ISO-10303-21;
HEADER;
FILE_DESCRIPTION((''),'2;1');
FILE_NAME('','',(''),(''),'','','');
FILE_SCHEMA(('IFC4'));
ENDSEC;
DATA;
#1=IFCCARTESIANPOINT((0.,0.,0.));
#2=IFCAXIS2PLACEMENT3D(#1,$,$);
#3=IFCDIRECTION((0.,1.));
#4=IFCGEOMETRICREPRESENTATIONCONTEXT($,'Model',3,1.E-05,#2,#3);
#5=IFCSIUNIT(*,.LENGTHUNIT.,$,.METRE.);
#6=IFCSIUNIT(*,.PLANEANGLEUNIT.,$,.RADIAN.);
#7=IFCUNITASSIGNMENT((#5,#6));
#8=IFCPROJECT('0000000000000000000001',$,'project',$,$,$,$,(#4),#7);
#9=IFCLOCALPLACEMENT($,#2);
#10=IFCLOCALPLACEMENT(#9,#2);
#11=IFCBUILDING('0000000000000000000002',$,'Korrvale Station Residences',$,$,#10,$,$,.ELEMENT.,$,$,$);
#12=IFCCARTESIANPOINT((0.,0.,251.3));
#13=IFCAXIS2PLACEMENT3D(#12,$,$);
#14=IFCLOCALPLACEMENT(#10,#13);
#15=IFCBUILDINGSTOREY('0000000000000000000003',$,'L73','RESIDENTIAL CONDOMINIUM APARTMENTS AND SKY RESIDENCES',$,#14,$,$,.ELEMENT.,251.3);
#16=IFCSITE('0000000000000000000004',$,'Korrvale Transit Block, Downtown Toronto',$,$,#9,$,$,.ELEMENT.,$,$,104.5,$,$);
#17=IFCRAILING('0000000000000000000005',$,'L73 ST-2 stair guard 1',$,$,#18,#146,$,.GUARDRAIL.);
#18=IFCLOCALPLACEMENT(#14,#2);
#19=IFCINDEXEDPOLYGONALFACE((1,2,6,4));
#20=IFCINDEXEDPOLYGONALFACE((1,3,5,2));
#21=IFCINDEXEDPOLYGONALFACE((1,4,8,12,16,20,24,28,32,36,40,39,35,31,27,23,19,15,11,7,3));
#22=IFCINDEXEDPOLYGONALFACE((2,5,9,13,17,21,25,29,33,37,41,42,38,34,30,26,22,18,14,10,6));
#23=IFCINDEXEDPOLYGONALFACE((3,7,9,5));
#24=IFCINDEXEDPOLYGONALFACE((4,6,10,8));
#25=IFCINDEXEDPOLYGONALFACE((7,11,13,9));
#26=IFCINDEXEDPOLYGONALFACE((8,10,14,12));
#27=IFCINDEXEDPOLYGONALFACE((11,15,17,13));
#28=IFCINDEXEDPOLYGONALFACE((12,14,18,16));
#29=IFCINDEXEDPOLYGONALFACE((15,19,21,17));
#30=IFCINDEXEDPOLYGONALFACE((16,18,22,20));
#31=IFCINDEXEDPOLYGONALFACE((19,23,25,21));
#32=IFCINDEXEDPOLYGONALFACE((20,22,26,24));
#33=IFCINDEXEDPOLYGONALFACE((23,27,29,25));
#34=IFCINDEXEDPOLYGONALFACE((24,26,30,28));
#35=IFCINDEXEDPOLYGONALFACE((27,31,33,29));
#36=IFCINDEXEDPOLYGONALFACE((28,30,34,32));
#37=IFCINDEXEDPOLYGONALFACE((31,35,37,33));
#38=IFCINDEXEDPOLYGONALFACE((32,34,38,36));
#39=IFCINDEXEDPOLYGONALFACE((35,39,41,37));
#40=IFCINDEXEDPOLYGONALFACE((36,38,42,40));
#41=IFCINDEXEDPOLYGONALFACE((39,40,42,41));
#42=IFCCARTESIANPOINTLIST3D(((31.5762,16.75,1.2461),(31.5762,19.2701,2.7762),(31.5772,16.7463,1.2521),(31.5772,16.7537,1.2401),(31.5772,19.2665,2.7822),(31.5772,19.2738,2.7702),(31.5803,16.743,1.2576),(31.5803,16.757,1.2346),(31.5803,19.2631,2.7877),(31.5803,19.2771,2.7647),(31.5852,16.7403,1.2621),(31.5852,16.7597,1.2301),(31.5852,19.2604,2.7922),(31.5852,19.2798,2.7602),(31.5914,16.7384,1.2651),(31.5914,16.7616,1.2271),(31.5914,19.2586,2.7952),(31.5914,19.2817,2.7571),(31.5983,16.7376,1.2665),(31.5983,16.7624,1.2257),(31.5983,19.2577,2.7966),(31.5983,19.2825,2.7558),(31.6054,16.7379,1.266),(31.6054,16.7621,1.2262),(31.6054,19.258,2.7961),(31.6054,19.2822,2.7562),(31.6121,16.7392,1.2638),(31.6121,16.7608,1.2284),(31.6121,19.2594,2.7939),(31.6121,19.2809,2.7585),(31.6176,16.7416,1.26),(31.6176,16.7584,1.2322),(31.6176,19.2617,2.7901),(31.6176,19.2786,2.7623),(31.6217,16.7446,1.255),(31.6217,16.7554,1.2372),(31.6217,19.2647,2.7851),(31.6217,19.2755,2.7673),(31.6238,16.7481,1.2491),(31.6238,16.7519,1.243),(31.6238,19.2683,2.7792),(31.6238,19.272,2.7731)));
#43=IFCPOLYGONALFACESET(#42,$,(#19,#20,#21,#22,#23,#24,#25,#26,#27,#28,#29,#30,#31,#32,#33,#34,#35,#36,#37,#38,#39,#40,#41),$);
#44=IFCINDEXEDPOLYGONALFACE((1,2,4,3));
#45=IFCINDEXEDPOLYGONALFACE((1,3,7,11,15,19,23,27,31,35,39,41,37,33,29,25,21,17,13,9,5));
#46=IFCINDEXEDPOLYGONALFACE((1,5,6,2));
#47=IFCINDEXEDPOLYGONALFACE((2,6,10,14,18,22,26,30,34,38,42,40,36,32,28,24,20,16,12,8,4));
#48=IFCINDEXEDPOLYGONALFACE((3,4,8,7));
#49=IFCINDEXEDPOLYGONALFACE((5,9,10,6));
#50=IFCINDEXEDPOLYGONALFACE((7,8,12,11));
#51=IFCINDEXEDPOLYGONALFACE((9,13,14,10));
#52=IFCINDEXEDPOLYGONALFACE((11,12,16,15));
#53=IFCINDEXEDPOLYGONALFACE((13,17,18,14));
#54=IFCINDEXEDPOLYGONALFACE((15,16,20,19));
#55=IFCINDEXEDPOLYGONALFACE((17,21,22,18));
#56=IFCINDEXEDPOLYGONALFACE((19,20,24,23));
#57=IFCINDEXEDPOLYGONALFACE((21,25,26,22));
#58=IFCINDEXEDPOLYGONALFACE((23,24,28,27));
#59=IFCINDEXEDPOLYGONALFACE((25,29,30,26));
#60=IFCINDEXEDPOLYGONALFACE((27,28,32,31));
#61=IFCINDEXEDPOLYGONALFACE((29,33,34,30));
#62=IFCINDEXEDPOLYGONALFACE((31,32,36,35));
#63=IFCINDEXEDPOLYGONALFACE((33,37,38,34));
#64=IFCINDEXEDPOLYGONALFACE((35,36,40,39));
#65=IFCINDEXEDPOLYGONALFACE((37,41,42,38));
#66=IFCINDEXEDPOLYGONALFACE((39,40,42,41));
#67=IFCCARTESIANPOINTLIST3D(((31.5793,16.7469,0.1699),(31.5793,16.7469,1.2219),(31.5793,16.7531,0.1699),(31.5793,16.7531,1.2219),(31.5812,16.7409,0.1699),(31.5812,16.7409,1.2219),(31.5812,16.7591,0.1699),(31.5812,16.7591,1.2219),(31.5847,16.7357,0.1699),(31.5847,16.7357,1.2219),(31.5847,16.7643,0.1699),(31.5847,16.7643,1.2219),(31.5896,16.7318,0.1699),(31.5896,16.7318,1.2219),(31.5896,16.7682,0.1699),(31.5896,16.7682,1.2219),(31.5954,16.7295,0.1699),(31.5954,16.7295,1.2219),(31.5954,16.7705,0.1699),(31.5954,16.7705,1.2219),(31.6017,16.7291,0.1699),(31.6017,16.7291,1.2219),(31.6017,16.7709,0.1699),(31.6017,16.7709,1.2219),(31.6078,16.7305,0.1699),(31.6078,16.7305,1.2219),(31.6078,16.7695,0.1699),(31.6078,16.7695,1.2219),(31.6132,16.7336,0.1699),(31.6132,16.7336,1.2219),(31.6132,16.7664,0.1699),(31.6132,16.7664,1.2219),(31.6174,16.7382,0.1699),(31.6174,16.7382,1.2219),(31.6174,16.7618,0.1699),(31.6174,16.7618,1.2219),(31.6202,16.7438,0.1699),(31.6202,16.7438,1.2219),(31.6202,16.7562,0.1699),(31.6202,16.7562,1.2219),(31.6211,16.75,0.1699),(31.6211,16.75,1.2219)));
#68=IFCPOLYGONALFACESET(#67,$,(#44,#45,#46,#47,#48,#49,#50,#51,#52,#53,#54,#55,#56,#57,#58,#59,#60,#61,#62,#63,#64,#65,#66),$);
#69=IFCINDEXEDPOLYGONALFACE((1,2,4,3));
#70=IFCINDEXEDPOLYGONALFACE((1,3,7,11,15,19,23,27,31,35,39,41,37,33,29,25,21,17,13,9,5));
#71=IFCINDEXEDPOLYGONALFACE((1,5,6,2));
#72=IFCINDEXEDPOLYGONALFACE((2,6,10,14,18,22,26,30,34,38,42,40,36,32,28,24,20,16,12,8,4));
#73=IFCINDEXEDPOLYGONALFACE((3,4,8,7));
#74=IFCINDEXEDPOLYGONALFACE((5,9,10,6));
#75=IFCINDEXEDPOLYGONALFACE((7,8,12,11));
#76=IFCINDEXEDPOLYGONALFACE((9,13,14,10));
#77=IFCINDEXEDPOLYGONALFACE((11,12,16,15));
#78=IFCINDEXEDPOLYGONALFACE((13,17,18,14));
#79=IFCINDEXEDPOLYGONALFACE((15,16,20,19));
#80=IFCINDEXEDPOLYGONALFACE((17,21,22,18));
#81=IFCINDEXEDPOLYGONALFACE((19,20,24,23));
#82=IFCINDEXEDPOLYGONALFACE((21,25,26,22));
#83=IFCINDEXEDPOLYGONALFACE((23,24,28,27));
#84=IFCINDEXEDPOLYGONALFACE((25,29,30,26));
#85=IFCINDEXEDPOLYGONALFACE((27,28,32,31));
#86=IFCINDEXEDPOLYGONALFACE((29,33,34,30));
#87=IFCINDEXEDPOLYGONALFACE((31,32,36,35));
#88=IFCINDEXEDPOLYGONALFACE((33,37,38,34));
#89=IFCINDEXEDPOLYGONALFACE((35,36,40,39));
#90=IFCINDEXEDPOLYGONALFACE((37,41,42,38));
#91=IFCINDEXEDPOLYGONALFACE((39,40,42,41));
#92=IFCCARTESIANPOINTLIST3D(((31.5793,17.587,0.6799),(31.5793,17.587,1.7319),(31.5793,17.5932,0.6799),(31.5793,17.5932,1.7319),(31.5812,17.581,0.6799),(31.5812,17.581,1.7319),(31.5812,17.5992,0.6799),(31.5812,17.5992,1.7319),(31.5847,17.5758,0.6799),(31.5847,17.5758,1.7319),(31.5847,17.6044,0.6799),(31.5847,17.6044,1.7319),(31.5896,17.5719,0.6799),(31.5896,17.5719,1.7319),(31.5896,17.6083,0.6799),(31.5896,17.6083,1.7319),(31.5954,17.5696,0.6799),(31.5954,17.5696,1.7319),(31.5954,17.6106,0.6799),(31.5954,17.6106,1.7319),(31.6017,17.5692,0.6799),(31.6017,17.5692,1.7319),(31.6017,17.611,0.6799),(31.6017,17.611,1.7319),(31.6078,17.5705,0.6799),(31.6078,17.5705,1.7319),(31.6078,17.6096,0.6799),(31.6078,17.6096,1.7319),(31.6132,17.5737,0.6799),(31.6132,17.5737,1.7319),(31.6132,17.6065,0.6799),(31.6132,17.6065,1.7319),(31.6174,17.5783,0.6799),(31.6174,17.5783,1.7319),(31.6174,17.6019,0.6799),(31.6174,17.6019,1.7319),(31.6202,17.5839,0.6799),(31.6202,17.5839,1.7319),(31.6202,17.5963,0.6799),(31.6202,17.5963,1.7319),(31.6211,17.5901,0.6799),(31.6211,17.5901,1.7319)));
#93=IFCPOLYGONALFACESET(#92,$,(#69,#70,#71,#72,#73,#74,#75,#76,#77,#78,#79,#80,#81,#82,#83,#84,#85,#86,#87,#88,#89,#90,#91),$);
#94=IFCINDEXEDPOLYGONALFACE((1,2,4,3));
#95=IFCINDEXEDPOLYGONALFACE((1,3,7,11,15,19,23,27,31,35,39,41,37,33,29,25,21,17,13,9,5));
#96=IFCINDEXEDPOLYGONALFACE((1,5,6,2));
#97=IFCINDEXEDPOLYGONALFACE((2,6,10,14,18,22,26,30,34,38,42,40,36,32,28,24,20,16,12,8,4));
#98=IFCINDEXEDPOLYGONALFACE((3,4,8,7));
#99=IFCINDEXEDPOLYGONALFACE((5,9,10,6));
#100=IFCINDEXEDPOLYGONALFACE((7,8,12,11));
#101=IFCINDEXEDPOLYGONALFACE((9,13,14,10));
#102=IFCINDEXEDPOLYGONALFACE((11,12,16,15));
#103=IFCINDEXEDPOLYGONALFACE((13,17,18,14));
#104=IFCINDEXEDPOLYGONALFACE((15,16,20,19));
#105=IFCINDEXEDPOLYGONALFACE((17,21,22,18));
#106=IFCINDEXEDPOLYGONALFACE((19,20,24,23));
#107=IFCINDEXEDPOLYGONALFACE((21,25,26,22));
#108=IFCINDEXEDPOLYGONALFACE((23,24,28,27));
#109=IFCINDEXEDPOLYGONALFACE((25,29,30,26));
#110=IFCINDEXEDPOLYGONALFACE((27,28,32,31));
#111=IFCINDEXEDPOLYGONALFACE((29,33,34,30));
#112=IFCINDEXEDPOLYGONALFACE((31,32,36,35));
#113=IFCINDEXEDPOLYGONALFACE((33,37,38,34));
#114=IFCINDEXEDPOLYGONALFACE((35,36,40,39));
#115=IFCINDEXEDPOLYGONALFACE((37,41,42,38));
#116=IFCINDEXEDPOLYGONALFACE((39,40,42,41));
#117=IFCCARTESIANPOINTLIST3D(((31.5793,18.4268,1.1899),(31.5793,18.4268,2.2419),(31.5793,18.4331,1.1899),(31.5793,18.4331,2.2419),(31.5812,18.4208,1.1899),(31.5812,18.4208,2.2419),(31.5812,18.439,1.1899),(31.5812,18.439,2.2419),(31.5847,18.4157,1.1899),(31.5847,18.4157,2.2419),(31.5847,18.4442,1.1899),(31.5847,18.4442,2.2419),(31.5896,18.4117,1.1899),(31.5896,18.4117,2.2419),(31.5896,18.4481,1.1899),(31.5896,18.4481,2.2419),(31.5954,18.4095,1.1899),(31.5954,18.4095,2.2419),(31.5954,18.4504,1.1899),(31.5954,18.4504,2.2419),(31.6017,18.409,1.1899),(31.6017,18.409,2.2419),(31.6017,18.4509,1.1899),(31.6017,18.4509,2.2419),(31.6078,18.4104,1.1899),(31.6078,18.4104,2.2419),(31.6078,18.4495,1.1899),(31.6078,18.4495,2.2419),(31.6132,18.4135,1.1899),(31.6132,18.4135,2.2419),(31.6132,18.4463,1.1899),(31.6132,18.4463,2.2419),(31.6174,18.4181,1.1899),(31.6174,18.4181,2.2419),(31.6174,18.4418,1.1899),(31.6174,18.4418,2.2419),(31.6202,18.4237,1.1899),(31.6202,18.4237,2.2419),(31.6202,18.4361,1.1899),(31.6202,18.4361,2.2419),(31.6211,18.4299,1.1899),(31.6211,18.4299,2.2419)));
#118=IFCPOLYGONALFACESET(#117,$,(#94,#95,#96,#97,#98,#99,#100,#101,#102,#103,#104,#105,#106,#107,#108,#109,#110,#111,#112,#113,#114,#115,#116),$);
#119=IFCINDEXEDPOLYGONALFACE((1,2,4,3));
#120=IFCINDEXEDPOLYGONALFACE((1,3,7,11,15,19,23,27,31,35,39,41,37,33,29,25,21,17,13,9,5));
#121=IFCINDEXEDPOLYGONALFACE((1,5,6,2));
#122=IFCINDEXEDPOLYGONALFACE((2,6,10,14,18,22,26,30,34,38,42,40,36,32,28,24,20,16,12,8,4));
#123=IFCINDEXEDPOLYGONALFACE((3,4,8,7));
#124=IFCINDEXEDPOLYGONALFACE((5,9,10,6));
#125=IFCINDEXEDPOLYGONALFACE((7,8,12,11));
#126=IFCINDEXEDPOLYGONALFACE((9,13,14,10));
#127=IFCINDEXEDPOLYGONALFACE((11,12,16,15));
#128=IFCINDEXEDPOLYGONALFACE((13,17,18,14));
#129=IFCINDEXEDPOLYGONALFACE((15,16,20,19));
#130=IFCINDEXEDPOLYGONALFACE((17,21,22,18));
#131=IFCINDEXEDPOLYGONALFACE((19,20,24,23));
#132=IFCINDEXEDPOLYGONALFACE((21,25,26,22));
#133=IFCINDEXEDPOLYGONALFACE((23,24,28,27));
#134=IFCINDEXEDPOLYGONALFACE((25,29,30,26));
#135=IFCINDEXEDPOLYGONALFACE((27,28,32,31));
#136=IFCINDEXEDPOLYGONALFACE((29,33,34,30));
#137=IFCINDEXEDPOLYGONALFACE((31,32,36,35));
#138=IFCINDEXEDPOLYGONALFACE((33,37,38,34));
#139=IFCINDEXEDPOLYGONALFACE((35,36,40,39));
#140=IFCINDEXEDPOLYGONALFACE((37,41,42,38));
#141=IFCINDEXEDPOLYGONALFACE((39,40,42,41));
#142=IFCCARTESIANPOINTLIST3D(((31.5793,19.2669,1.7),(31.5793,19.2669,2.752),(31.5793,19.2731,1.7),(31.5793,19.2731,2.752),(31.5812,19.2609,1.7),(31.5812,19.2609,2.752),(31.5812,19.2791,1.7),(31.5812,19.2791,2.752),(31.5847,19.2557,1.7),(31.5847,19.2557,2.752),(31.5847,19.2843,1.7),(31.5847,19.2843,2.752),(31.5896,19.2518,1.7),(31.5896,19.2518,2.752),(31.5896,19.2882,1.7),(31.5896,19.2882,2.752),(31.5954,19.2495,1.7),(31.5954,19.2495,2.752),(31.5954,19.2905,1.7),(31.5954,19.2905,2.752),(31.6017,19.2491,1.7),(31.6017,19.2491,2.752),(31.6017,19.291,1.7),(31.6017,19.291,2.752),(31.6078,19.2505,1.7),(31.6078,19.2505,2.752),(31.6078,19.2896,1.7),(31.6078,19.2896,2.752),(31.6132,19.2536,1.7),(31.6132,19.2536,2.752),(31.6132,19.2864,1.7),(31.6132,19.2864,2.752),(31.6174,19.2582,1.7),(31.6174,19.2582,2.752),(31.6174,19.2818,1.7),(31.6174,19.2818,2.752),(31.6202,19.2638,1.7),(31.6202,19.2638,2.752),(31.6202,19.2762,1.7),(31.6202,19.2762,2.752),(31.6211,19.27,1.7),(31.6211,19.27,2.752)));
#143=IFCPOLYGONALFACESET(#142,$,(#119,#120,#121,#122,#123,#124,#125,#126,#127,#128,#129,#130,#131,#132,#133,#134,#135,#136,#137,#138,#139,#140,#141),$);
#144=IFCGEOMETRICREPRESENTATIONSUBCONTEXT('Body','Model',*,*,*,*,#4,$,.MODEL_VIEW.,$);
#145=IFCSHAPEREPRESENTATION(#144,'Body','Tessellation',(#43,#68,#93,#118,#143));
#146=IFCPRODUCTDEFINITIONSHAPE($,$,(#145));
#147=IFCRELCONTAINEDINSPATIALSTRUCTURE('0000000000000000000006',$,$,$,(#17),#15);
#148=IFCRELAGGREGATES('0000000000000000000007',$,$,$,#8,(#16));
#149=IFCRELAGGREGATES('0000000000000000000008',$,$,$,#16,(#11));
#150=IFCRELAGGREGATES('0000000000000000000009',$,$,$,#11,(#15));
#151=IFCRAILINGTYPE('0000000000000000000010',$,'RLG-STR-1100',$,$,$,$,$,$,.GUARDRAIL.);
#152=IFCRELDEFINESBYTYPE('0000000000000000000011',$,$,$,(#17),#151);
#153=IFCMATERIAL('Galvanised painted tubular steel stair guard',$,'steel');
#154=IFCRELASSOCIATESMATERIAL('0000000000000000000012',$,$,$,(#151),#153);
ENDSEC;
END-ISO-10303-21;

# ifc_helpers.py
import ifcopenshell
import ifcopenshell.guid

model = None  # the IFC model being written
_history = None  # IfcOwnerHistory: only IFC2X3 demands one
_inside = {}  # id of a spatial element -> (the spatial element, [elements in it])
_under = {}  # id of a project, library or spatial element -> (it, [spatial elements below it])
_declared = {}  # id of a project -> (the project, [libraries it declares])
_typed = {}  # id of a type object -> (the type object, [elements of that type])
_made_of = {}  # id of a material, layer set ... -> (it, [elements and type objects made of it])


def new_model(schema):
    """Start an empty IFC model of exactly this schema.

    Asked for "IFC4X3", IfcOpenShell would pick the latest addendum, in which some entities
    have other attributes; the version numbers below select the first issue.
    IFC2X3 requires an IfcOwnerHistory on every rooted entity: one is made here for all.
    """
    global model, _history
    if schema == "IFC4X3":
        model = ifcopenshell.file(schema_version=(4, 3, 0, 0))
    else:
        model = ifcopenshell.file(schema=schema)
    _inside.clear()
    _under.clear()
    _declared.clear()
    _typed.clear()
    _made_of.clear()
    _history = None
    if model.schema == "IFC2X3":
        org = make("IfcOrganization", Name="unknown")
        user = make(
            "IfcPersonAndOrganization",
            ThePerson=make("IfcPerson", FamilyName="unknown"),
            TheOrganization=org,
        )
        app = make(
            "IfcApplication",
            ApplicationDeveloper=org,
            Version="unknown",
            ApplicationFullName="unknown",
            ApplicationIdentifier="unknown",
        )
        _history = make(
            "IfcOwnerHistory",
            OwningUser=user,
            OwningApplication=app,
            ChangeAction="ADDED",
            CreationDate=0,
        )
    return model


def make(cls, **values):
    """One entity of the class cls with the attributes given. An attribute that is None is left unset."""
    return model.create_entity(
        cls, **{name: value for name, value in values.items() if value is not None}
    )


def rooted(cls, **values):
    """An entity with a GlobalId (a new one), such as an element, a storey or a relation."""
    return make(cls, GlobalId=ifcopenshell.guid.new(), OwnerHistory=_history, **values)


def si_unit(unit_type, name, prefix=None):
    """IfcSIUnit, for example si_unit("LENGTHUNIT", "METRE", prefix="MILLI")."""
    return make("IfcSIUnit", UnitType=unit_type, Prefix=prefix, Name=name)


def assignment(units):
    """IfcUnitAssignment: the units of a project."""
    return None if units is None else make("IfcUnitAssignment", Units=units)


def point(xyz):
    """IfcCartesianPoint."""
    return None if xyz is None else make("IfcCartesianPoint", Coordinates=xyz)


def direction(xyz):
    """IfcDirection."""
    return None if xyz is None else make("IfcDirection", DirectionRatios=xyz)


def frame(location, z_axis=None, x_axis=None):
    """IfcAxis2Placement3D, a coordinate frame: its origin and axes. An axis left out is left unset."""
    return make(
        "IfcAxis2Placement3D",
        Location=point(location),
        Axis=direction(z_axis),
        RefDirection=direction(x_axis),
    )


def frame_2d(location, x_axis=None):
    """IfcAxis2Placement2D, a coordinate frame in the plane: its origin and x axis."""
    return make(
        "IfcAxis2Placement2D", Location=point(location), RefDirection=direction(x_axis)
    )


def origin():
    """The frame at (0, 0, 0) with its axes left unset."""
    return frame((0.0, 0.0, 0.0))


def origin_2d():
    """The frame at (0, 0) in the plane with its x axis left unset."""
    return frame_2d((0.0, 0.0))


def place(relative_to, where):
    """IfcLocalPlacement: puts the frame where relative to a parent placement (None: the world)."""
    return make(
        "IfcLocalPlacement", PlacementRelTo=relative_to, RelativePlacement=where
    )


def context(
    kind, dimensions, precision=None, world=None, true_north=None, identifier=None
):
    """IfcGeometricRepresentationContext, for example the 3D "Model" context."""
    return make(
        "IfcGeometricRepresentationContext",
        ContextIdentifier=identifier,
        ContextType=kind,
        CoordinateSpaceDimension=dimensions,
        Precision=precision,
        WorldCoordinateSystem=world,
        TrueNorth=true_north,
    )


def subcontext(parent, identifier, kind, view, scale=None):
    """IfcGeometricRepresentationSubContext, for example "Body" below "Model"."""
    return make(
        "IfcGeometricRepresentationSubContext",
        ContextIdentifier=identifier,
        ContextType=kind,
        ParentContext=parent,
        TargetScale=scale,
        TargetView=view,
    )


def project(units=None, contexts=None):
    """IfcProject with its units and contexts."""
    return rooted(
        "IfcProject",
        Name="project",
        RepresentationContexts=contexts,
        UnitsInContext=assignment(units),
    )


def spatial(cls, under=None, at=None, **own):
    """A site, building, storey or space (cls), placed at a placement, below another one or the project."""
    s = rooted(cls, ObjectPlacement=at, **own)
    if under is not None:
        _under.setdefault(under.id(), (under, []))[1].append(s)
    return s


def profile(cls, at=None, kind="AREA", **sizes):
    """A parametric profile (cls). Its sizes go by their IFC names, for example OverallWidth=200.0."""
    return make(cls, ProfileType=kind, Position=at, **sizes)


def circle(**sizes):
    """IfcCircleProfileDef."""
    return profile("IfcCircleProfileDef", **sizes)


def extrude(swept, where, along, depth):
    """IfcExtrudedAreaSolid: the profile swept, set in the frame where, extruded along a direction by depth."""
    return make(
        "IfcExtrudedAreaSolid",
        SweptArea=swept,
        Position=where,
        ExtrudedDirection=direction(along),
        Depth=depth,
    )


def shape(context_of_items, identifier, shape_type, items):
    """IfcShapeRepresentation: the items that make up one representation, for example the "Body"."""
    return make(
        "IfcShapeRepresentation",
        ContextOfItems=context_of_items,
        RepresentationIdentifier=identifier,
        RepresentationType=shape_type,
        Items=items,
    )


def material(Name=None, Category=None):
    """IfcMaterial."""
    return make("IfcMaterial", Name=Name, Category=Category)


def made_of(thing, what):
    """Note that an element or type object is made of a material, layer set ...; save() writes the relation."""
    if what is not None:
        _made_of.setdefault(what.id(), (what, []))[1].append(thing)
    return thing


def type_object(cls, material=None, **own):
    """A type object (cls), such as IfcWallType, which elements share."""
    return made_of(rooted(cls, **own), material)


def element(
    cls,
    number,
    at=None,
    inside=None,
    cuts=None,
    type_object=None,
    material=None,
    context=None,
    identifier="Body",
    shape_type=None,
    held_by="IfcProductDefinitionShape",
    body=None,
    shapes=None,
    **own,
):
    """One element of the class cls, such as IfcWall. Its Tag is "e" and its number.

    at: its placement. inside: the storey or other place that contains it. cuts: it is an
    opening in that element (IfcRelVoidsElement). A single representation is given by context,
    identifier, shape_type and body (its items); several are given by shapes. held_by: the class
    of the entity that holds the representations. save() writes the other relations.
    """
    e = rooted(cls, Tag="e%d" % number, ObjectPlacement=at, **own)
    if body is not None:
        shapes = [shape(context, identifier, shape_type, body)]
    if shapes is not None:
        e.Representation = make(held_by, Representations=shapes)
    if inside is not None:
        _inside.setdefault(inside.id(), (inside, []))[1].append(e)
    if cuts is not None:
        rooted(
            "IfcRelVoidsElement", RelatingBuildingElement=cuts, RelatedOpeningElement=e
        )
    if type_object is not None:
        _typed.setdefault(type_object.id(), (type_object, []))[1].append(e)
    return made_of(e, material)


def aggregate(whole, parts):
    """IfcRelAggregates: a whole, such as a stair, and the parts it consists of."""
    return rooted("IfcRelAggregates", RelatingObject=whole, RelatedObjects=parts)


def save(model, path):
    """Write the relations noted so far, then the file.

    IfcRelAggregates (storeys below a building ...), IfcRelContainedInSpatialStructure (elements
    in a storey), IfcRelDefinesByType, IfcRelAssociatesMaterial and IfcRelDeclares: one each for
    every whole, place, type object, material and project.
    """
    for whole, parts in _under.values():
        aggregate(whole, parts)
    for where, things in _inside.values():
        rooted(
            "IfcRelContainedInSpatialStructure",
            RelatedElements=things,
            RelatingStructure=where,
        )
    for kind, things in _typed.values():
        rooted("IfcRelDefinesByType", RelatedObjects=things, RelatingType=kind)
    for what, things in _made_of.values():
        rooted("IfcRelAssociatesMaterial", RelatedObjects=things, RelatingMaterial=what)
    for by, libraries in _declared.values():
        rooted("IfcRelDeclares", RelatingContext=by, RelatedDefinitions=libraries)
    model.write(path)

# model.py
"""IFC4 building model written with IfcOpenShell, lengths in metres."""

from ifc_helpers import new_model, si_unit, direction, frame, origin, origin_2d, place, context, subcontext, project, spatial, circle, extrude, material, type_object, element, save


model = new_model("IFC4")

# Units and contexts
model_context = context("Model", 3, precision=1e-05, world=origin(), true_north=direction((0.0, 1.0)))
body_context = subcontext(model_context, "Body", "Model", "MODEL_VIEW")
ifc_project = project(units=[si_unit("LENGTHUNIT", "METRE"), si_unit("PLANEANGLEUNIT", "RADIAN")], contexts=[model_context])

# Site, building, storey
site_placement = place(None, origin())
site = spatial("IfcSite", under=ifc_project, at=site_placement, Name="Korrvale Transit Block, Downtown Toronto", CompositionType="ELEMENT", RefElevation=104.5)
building_placement = place(site_placement, origin())
building = spatial("IfcBuilding", under=site, at=building_placement, Name="Korrvale Station Residences", CompositionType="ELEMENT")
storey_placement = place(building_placement, frame((0.0, 0.0, 251.3)))
storey = spatial("IfcBuildingStorey", under=building, at=storey_placement, Name="L73", Description="RESIDENTIAL CONDOMINIUM APARTMENTS AND SKY RESIDENCES", CompositionType="ELEMENT", Elevation=251.3)

# Railing
ifc_material_1 = material(Name="Galvanised painted tubular steel stair guard", Category="steel")
railing_type_1 = type_object("IfcRailingType", Name="RLG-STR-1100", PredefinedType="GUARDRAIL", material=ifc_material_1)
railing_1_placement = place(storey_placement, frame((31.6001, 16.75, 0.1699)))
element("IfcRailing", 1, at=railing_1_placement, inside=storey, type_object=railing_type_1, Name="L73 ST-2 stair guard 1", PredefinedType="GUARDRAIL", context=body_context, shape_type="SweptSolid", body=[
    extrude(circle(Radius=0.0239, at=origin_2d()), frame((0.0, 0.0, 1.0762), z_axis=(0.0, 0.854785, 0.518982), x_axis=(-1.0, 0.0, 0.0)), (0.0, 0.0, 1.0), 2.9482),
    extrude(circle(Radius=0.021, at=origin_2d()), origin(), (0.0, 0.0, 1.0), 1.052),
    extrude(circle(Radius=0.021, at=origin_2d()), frame((0.0, 0.8401, 0.51)), (0.0, 0.0, 1.0), 1.052),
    extrude(circle(Radius=0.021, at=origin_2d()), frame((0.0, 1.6799, 1.02)), (0.0, 0.0, 1.0), 1.052),
    extrude(circle(Radius=0.021, at=origin_2d()), frame((0.0, 2.52, 1.53)), (0.0, 0.0, 1.0), 1.052),
])

save(model, "model.ifc")
